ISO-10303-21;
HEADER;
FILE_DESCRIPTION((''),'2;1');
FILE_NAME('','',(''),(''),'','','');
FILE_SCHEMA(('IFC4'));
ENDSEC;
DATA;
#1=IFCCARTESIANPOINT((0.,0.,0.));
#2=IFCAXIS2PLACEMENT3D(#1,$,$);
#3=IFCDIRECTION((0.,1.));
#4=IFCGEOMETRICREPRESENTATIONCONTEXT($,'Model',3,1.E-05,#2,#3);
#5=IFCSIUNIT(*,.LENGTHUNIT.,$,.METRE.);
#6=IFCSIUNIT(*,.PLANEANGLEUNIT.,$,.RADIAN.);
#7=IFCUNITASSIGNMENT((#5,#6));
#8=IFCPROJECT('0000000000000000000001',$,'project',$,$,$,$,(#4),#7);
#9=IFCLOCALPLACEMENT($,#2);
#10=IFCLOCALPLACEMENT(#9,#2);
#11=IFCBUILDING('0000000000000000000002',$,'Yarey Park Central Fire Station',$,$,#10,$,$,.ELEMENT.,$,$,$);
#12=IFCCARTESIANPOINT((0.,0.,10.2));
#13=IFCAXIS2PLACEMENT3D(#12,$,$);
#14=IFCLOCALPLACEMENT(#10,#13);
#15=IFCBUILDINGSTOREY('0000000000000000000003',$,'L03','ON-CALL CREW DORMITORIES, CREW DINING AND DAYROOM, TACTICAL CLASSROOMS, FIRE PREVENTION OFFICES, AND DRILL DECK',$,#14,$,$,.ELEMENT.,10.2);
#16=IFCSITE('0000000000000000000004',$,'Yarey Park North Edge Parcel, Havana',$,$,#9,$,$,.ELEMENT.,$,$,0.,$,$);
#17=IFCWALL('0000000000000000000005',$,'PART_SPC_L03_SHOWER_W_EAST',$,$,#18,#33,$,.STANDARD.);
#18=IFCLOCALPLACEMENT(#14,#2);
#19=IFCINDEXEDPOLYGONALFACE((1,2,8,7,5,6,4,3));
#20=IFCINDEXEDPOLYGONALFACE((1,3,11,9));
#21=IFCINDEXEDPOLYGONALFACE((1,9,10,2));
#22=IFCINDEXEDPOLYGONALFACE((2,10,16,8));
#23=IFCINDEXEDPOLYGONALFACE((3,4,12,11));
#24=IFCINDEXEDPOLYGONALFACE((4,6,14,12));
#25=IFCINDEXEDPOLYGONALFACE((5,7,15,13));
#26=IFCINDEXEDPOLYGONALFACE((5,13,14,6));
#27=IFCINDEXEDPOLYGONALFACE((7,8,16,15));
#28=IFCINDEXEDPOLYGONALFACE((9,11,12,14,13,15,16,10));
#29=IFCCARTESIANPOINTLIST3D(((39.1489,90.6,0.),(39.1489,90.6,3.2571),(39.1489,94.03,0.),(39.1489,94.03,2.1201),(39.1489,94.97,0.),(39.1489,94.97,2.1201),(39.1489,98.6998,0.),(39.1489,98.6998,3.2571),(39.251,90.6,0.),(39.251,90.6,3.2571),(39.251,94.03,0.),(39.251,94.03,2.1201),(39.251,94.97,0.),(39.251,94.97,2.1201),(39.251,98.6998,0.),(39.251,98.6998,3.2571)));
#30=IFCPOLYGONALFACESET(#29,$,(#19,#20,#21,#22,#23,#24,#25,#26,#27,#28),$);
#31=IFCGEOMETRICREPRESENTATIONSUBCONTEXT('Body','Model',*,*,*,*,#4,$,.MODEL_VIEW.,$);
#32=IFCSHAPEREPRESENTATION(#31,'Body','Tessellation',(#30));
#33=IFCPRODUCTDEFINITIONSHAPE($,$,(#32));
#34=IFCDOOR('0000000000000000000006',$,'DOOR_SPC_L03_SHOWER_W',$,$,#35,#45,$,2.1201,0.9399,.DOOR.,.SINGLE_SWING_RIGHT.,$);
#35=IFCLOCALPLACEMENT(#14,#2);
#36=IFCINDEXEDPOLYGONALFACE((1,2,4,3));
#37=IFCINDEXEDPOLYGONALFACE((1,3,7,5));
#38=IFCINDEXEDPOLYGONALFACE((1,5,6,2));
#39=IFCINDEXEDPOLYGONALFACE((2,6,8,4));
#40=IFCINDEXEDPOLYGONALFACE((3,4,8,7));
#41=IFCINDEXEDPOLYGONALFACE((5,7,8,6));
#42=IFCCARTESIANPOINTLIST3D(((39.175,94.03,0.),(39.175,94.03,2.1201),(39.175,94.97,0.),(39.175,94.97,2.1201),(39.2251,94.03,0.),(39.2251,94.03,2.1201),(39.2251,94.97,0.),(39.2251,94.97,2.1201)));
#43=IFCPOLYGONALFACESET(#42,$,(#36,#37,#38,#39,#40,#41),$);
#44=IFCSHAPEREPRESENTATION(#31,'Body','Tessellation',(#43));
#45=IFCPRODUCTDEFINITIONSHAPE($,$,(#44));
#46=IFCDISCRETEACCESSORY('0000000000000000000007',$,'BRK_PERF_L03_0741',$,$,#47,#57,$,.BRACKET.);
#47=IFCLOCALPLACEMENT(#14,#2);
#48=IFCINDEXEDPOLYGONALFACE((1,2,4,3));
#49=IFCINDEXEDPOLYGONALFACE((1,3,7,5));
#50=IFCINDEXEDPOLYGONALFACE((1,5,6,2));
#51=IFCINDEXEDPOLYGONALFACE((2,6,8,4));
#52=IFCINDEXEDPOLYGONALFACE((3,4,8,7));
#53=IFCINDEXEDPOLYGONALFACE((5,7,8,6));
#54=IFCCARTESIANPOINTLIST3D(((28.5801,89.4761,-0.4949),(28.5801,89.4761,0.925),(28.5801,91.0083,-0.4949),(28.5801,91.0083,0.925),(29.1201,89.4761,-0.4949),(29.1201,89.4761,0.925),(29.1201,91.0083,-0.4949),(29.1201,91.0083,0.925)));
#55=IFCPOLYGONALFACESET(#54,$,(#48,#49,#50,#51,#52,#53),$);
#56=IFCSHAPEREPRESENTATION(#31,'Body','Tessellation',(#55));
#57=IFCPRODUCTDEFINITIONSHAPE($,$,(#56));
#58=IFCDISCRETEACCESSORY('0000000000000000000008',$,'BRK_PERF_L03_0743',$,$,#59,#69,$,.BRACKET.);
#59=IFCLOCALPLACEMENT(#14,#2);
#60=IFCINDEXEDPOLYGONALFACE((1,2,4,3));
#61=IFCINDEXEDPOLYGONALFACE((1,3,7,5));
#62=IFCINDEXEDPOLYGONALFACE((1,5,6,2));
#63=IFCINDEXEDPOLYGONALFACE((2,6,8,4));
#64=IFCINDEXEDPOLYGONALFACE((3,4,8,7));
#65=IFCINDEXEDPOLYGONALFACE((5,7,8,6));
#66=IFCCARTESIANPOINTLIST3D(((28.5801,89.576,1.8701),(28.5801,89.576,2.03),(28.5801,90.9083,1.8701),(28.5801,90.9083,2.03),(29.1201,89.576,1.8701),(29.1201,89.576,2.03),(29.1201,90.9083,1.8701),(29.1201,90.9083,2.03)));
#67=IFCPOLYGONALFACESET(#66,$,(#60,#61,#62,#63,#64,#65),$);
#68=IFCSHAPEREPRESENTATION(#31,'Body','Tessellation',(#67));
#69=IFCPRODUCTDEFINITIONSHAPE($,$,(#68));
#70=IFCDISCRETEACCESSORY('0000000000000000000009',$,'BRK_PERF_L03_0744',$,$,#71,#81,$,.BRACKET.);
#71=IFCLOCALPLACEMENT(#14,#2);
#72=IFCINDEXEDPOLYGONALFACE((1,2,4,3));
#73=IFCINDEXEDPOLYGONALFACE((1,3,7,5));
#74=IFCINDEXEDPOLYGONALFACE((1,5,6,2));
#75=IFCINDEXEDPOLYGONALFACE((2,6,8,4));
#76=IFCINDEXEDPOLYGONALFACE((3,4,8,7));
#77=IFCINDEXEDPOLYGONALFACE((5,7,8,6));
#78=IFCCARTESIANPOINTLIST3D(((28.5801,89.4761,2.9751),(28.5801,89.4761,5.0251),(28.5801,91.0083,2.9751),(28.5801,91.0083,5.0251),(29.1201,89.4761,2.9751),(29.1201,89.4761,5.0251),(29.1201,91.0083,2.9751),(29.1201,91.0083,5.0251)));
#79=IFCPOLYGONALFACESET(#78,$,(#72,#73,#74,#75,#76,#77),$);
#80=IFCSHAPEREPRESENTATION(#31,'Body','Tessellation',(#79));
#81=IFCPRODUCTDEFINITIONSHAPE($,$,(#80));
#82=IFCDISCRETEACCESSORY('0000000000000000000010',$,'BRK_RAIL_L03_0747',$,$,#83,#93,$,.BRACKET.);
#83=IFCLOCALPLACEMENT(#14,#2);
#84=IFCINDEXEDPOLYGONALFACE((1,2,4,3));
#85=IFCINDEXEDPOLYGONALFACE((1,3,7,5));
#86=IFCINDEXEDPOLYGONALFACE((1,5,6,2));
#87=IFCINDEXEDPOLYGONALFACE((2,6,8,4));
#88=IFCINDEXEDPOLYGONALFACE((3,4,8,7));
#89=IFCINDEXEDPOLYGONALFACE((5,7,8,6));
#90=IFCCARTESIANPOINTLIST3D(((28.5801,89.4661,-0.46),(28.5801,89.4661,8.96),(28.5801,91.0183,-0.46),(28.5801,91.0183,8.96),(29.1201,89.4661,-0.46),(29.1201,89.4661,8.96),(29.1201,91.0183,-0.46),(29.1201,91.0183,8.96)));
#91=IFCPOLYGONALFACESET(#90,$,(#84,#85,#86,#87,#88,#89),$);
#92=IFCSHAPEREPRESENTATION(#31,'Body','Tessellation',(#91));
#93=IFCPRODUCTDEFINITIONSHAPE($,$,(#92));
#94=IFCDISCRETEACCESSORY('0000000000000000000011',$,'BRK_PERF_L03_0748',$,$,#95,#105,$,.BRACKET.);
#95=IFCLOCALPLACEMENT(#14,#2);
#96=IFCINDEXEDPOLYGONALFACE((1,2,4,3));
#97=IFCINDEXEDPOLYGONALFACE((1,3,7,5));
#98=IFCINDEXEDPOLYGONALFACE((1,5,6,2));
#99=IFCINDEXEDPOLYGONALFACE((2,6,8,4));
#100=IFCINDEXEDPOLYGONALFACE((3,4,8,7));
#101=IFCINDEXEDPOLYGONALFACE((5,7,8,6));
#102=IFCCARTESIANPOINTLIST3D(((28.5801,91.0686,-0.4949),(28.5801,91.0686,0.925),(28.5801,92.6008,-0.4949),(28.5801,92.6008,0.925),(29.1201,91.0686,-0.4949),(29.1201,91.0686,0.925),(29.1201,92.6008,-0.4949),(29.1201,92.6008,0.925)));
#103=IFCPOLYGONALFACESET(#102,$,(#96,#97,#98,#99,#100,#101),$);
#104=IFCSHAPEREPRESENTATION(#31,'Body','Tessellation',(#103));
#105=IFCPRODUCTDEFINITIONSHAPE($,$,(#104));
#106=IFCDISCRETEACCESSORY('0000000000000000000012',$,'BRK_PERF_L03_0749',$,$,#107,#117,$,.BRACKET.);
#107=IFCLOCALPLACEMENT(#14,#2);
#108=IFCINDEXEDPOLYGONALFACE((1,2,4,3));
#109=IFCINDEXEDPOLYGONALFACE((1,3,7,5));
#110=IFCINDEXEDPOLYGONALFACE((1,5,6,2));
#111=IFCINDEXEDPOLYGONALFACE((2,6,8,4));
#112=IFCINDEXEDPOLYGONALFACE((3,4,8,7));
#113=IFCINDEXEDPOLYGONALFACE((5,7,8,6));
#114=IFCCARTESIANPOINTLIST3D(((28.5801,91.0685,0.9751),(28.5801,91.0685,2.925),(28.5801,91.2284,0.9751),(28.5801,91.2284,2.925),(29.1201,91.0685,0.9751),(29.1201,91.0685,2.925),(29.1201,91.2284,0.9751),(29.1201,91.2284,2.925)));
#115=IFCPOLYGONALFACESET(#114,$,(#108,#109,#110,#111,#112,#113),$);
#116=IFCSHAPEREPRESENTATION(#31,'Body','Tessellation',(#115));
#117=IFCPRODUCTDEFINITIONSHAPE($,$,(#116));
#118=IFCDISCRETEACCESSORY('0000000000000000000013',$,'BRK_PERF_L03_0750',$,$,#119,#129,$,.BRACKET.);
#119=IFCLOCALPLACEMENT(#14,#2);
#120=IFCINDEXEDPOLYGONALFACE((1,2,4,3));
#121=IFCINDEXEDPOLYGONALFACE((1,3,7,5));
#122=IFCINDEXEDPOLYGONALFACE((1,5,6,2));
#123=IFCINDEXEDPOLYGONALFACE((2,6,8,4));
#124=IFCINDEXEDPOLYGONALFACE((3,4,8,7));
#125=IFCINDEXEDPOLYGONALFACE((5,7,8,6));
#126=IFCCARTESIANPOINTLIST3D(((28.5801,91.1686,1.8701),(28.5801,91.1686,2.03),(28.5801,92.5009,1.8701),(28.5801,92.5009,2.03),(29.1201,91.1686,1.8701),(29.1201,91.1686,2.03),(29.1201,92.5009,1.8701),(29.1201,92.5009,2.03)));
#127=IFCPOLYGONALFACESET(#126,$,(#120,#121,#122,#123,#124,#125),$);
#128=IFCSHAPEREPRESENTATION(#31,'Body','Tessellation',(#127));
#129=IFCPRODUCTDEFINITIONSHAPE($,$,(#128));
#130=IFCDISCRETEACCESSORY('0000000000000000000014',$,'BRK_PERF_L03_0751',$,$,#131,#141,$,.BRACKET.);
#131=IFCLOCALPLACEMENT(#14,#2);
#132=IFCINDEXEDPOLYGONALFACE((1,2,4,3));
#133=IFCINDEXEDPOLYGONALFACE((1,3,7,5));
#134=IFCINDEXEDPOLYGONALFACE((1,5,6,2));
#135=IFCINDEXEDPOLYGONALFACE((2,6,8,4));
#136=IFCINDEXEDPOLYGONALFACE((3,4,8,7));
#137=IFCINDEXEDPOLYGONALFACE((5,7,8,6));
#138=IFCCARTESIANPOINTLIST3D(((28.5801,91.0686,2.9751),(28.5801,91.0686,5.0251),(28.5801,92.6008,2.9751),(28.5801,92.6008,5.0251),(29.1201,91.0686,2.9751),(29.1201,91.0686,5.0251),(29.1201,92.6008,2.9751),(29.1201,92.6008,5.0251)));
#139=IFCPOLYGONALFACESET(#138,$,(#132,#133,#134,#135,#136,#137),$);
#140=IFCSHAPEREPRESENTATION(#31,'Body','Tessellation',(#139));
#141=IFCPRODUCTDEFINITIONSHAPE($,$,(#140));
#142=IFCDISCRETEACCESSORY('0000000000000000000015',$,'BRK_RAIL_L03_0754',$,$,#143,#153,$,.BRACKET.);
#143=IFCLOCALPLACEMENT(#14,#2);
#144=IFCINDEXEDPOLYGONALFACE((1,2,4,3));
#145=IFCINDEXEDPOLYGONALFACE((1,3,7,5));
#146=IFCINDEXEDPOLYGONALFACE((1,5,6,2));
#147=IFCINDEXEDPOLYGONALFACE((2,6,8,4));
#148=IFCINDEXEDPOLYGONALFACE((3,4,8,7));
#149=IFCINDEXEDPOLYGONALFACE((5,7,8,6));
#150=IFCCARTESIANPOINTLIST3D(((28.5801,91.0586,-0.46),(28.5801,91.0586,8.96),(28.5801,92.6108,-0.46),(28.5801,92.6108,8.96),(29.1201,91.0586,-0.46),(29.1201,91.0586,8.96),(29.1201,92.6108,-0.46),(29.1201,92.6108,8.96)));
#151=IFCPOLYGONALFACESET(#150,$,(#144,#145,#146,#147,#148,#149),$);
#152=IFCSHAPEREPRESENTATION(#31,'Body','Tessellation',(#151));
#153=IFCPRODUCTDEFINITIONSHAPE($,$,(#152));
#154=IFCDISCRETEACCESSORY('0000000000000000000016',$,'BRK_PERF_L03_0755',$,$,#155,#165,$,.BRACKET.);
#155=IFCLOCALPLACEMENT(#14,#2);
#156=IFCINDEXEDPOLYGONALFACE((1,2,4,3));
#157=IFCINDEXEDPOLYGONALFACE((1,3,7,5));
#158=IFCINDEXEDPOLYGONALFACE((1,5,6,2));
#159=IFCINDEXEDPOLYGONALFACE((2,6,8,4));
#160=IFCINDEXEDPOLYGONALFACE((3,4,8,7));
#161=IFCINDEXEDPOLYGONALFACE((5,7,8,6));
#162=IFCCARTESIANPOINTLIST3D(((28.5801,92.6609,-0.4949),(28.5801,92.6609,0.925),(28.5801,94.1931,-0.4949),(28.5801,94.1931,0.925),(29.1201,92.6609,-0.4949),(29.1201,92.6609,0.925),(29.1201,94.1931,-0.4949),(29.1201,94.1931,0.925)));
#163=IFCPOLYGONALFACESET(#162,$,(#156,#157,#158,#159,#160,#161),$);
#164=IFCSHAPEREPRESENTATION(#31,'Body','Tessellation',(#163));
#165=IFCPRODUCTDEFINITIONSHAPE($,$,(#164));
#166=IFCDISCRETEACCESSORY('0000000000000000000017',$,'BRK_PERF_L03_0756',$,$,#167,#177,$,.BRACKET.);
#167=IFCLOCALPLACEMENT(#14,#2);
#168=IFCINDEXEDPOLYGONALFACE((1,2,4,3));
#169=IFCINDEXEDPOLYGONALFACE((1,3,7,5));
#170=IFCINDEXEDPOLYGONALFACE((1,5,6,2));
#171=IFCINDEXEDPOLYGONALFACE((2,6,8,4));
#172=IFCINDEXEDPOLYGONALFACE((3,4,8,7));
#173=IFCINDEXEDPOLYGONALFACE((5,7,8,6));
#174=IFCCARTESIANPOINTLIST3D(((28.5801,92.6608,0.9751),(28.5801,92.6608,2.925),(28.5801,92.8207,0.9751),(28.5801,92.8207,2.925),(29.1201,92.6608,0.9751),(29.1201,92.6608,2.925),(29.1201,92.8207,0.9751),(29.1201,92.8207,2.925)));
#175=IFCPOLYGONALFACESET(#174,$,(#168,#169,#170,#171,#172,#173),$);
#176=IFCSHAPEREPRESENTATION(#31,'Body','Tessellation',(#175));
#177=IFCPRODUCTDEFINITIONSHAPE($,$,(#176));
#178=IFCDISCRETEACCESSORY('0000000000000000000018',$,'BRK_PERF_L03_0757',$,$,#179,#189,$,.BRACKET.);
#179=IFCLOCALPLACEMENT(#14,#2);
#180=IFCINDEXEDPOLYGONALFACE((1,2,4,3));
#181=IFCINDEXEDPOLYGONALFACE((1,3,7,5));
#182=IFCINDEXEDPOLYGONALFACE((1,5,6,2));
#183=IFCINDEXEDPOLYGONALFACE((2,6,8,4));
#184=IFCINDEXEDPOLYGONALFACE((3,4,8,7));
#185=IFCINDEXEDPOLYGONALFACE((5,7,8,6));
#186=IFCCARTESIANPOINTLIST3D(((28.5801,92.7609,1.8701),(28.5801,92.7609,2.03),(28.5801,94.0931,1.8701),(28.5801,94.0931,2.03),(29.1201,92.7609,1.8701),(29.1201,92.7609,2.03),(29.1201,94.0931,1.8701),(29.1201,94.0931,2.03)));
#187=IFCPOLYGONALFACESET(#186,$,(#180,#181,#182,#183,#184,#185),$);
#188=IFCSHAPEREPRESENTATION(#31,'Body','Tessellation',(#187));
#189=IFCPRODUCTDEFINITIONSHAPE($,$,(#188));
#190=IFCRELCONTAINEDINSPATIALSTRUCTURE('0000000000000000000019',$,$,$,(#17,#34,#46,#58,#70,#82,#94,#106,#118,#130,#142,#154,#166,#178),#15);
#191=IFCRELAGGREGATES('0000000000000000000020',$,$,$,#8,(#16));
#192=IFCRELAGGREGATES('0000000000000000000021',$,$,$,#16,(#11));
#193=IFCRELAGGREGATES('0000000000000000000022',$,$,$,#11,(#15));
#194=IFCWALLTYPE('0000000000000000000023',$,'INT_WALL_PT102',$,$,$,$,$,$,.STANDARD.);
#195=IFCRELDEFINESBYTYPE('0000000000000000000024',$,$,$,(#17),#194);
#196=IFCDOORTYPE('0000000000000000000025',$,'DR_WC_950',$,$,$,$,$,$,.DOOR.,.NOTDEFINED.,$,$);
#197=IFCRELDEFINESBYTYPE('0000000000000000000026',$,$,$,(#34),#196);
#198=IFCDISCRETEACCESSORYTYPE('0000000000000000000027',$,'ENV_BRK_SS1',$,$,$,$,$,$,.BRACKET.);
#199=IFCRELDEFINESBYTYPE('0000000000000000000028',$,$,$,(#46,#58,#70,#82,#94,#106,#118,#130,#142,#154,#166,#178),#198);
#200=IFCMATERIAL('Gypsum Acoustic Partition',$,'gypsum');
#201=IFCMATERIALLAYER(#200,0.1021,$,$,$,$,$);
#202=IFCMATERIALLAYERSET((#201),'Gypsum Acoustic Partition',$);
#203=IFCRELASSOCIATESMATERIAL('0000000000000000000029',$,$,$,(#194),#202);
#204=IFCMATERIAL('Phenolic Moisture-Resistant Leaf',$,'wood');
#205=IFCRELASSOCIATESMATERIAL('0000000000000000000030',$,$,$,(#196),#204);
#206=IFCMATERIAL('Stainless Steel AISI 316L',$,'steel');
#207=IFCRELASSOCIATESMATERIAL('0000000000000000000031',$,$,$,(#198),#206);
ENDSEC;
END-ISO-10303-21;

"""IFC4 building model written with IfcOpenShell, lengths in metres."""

from ifc_helpers import new_model, si_unit, direction, frame, frame_2d, origin, origin_2d, place, context, subcontext, project, spatial, rectangle, extrude, material, layer, layer_set, type_object, element, fill, save


model = new_model("IFC4")

# Units and contexts
model_context = context("Model", 3, precision=1e-05, world=origin(), true_north=direction((0.0, 1.0)))
body_context = subcontext(model_context, "Body", "Model", "MODEL_VIEW")
ifc_project = project(units=[si_unit("LENGTHUNIT", "METRE"), si_unit("PLANEANGLEUNIT", "RADIAN")], contexts=[model_context])

# Site, building, storey
site_placement = place(None, origin())
site = spatial("IfcSite", under=ifc_project, at=site_placement, Name="Yarey Park North Edge Parcel, Havana", CompositionType="ELEMENT", RefElevation=0.0)
building_placement = place(site_placement, origin())
building = spatial("IfcBuilding", under=site, at=building_placement, Name="Yarey Park Central Fire Station", CompositionType="ELEMENT")
storey_placement = place(building_placement, frame((0.0, 0.0, 10.2)))
storey = spatial("IfcBuildingStorey", under=building, at=storey_placement, Name="L03", Description="ON-CALL CREW DORMITORIES, CREW DINING AND DAYROOM, TACTICAL CLASSROOMS, FIRE PREVENTION OFFICES, AND DRILL DECK", CompositionType="ELEMENT", Elevation=10.2)

# Wall, opening, door
ifc_material_1 = material(Name="Gypsum Acoustic Partition", Category="gypsum")
ifc_layer_1 = layer(ifc_material_1, 0.1021)
ifc_layer_set_1 = layer_set([ifc_layer_1], Name="Gypsum Acoustic Partition")
wall_type_1 = type_object("IfcWallType", Name="INT_WALL_PT102", PredefinedType="STANDARD", material=ifc_layer_set_1)
wall_1_placement = place(storey_placement, frame((39.2, 90.6001, 0.0), z_axis=(0.0, 0.0, 1.0), x_axis=(0.0, 1.0, 0.0)))
wall_1 = element("IfcWall", 1, at=wall_1_placement, inside=storey, type_object=wall_type_1, Name="PART_SPC_L03_SHOWER_W_EAST", PredefinedType="STANDARD", context=body_context, shape_type="SweptSolid", body=[
    extrude(rectangle(XDim=8.0999, YDim=0.1021, at=frame_2d((4.0498, 0.0))), origin(), (0.0, 0.0, 1.0), 3.2571),
])
opening_placement = place(wall_1_placement, frame((3.4299, 0.0, 0.0)))
opening = element("IfcOpeningElement", 2, at=opening_placement, cuts=wall_1, PredefinedType="OPENING", context=body_context, shape_type="SweptSolid", body=[
    extrude(rectangle(XDim=0.9399, YDim=2.1201, at=frame_2d((0.47, 1.0601))), frame((0.0, 0.061, 0.0), z_axis=(0.0, -1.0, 0.0), x_axis=(1.0, 0.0, 0.0)), (0.0, 0.0, 1.0), 0.1221),
])
ifc_material_2 = material(Name="Phenolic Moisture-Resistant Leaf", Category="wood")
door_type = type_object("IfcDoorType", Name="DR_WC_950", OperationType="NOTDEFINED", PredefinedType="DOOR", material=ifc_material_2)
door_placement = place(opening_placement, origin())
door = element("IfcDoor", 3, at=door_placement, inside=storey, type_object=door_type, Name="DOOR_SPC_L03_SHOWER_W", OperationType="SINGLE_SWING_RIGHT", OverallHeight=2.1201, OverallWidth=0.9399, PredefinedType="DOOR", context=body_context, shape_type="SweptSolid", body=[
    extrude(rectangle(XDim=0.9399, YDim=2.1201, at=frame_2d((0.47, 1.0601))), frame((0.0, 0.0249, 0.0), z_axis=(0.0, -1.0, 0.0), x_axis=(1.0, 0.0, 0.0)), (0.0, 0.0, 1.0), 0.05),
])
fill(opening, door)

# Discrete accessories
ifc_material_3 = material(Name="Stainless Steel AISI 316L", Category="steel")
discrete_accessory_type = type_object("IfcDiscreteAccessoryType", Name="ENV_BRK_SS1", PredefinedType="BRACKET", material=ifc_material_3)
discrete_accessory_1_placement = place(storey_placement, frame((28.8501, 90.2422, -0.4949), z_axis=(0.0, 0.0, 1.0), x_axis=(1.0, 0.0, 0.0)))
element("IfcDiscreteAccessory", 4, at=discrete_accessory_1_placement, inside=storey, type_object=discrete_accessory_type, Name="BRK_PERF_L03_0741", PredefinedType="BRACKET", context=body_context, shape_type="SweptSolid", body=[
    extrude(rectangle(XDim=0.54, YDim=1.5322, at=origin_2d()), origin(), (0.0, 0.0, 1.0), 1.4199),
])
discrete_accessory_2_placement = place(storey_placement, frame((28.8501, 90.2422, 1.8701), z_axis=(0.0, 0.0, 1.0), x_axis=(1.0, 0.0, 0.0)))
element("IfcDiscreteAccessory", 5, at=discrete_accessory_2_placement, inside=storey, type_object=discrete_accessory_type, Name="BRK_PERF_L03_0743", PredefinedType="BRACKET", context=body_context, shape_type="SweptSolid", body=[
    extrude(rectangle(XDim=0.54, YDim=1.3323, at=origin_2d()), origin(), (0.0, 0.0, 1.0), 0.1599),
])
discrete_accessory_3_placement = place(storey_placement, frame((28.8501, 90.2422, 2.9751), z_axis=(0.0, 0.0, 1.0), x_axis=(1.0, 0.0, 0.0)))
element("IfcDiscreteAccessory", 6, at=discrete_accessory_3_placement, inside=storey, type_object=discrete_accessory_type, Name="BRK_PERF_L03_0744", PredefinedType="BRACKET", context=body_context, shape_type="SweptSolid", body=[
    extrude(rectangle(XDim=0.54, YDim=1.5322, at=origin_2d()), origin(), (0.0, 0.0, 1.0), 2.05),
])
discrete_accessory_4_placement = place(storey_placement, frame((28.8501, 90.2422, -0.46), z_axis=(0.0, 0.0, 1.0), x_axis=(1.0, 0.0, 0.0)))
element("IfcDiscreteAccessory", 7, at=discrete_accessory_4_placement, inside=storey, type_object=discrete_accessory_type, Name="BRK_RAIL_L03_0747", PredefinedType="BRACKET", context=body_context, shape_type="SweptSolid", body=[
    extrude(rectangle(XDim=0.54, YDim=1.5522, at=origin_2d()), origin(), (0.0, 0.0, 1.0), 9.4199),
])
discrete_accessory_5_placement = place(storey_placement, frame((28.8501, 91.8347, -0.4949), z_axis=(0.0, 0.0, 1.0), x_axis=(1.0, 0.0, 0.0)))
element("IfcDiscreteAccessory", 8, at=discrete_accessory_5_placement, inside=storey, type_object=discrete_accessory_type, Name="BRK_PERF_L03_0748", PredefinedType="BRACKET", context=body_context, shape_type="SweptSolid", body=[
    extrude(rectangle(XDim=0.54, YDim=1.5322, at=origin_2d()), origin(), (0.0, 0.0, 1.0), 1.4199),
])
discrete_accessory_6_placement = place(storey_placement, frame((28.8501, 91.1484, 0.9751), z_axis=(0.0, 0.0, 1.0), x_axis=(1.0, 0.0, 0.0)))
element("IfcDiscreteAccessory", 9, at=discrete_accessory_6_placement, inside=storey, type_object=discrete_accessory_type, Name="BRK_PERF_L03_0749", PredefinedType="BRACKET", context=body_context, shape_type="SweptSolid", body=[
    extrude(rectangle(XDim=0.54, YDim=0.1599, at=origin_2d()), origin(), (0.0, 0.0, 1.0), 1.95),
])
discrete_accessory_7_placement = place(storey_placement, frame((28.8501, 91.8347, 1.8701), z_axis=(0.0, 0.0, 1.0), x_axis=(1.0, 0.0, 0.0)))
element("IfcDiscreteAccessory", 10, at=discrete_accessory_7_placement, inside=storey, type_object=discrete_accessory_type, Name="BRK_PERF_L03_0750", PredefinedType="BRACKET", context=body_context, shape_type="SweptSolid", body=[
    extrude(rectangle(XDim=0.54, YDim=1.3323, at=origin_2d()), origin(), (0.0, 0.0, 1.0), 0.1599),
])
discrete_accessory_8_placement = place(storey_placement, frame((28.8501, 91.8347, 2.9751), z_axis=(0.0, 0.0, 1.0), x_axis=(1.0, 0.0, 0.0)))
element("IfcDiscreteAccessory", 11, at=discrete_accessory_8_placement, inside=storey, type_object=discrete_accessory_type, Name="BRK_PERF_L03_0751", PredefinedType="BRACKET", context=body_context, shape_type="SweptSolid", body=[
    extrude(rectangle(XDim=0.54, YDim=1.5322, at=origin_2d()), origin(), (0.0, 0.0, 1.0), 2.05),
])
discrete_accessory_9_placement = place(storey_placement, frame((28.8501, 91.8347, -0.46), z_axis=(0.0, 0.0, 1.0), x_axis=(1.0, 0.0, 0.0)))
element("IfcDiscreteAccessory", 12, at=discrete_accessory_9_placement, inside=storey, type_object=discrete_accessory_type, Name="BRK_RAIL_L03_0754", PredefinedType="BRACKET", context=body_context, shape_type="SweptSolid", body=[
    extrude(rectangle(XDim=0.54, YDim=1.5522, at=origin_2d()), origin(), (0.0, 0.0, 1.0), 9.4199),
])
discrete_accessory_10_placement = place(storey_placement, frame((28.8501, 93.427, -0.4949), z_axis=(0.0, 0.0, 1.0), x_axis=(1.0, 0.0, 0.0)))
element("IfcDiscreteAccessory", 13, at=discrete_accessory_10_placement, inside=storey, type_object=discrete_accessory_type, Name="BRK_PERF_L03_0755", PredefinedType="BRACKET", context=body_context, shape_type="SweptSolid", body=[
    extrude(rectangle(XDim=0.54, YDim=1.5322, at=origin_2d()), origin(), (0.0, 0.0, 1.0), 1.4199),
])
discrete_accessory_11_placement = place(storey_placement, frame((28.8501, 92.7407, 0.9751), z_axis=(0.0, 0.0, 1.0), x_axis=(1.0, 0.0, 0.0)))
element("IfcDiscreteAccessory", 14, at=discrete_accessory_11_placement, inside=storey, type_object=discrete_accessory_type, Name="BRK_PERF_L03_0756", PredefinedType="BRACKET", context=body_context, shape_type="SweptSolid", body=[
    extrude(rectangle(XDim=0.54, YDim=0.1599, at=origin_2d()), origin(), (0.0, 0.0, 1.0), 1.95),
])
discrete_accessory_12_placement = place(storey_placement, frame((28.8501, 93.427, 1.8701), z_axis=(0.0, 0.0, 1.0), x_axis=(1.0, 0.0, 0.0)))
element("IfcDiscreteAccessory", 15, at=discrete_accessory_12_placement, inside=storey, type_object=discrete_accessory_type, Name="BRK_PERF_L03_0757", PredefinedType="BRACKET", context=body_context, shape_type="SweptSolid", body=[
    extrude(rectangle(XDim=0.54, YDim=1.3323, at=origin_2d()), origin(), (0.0, 0.0, 1.0), 0.1599),
])

save(model, "model.ifc")
